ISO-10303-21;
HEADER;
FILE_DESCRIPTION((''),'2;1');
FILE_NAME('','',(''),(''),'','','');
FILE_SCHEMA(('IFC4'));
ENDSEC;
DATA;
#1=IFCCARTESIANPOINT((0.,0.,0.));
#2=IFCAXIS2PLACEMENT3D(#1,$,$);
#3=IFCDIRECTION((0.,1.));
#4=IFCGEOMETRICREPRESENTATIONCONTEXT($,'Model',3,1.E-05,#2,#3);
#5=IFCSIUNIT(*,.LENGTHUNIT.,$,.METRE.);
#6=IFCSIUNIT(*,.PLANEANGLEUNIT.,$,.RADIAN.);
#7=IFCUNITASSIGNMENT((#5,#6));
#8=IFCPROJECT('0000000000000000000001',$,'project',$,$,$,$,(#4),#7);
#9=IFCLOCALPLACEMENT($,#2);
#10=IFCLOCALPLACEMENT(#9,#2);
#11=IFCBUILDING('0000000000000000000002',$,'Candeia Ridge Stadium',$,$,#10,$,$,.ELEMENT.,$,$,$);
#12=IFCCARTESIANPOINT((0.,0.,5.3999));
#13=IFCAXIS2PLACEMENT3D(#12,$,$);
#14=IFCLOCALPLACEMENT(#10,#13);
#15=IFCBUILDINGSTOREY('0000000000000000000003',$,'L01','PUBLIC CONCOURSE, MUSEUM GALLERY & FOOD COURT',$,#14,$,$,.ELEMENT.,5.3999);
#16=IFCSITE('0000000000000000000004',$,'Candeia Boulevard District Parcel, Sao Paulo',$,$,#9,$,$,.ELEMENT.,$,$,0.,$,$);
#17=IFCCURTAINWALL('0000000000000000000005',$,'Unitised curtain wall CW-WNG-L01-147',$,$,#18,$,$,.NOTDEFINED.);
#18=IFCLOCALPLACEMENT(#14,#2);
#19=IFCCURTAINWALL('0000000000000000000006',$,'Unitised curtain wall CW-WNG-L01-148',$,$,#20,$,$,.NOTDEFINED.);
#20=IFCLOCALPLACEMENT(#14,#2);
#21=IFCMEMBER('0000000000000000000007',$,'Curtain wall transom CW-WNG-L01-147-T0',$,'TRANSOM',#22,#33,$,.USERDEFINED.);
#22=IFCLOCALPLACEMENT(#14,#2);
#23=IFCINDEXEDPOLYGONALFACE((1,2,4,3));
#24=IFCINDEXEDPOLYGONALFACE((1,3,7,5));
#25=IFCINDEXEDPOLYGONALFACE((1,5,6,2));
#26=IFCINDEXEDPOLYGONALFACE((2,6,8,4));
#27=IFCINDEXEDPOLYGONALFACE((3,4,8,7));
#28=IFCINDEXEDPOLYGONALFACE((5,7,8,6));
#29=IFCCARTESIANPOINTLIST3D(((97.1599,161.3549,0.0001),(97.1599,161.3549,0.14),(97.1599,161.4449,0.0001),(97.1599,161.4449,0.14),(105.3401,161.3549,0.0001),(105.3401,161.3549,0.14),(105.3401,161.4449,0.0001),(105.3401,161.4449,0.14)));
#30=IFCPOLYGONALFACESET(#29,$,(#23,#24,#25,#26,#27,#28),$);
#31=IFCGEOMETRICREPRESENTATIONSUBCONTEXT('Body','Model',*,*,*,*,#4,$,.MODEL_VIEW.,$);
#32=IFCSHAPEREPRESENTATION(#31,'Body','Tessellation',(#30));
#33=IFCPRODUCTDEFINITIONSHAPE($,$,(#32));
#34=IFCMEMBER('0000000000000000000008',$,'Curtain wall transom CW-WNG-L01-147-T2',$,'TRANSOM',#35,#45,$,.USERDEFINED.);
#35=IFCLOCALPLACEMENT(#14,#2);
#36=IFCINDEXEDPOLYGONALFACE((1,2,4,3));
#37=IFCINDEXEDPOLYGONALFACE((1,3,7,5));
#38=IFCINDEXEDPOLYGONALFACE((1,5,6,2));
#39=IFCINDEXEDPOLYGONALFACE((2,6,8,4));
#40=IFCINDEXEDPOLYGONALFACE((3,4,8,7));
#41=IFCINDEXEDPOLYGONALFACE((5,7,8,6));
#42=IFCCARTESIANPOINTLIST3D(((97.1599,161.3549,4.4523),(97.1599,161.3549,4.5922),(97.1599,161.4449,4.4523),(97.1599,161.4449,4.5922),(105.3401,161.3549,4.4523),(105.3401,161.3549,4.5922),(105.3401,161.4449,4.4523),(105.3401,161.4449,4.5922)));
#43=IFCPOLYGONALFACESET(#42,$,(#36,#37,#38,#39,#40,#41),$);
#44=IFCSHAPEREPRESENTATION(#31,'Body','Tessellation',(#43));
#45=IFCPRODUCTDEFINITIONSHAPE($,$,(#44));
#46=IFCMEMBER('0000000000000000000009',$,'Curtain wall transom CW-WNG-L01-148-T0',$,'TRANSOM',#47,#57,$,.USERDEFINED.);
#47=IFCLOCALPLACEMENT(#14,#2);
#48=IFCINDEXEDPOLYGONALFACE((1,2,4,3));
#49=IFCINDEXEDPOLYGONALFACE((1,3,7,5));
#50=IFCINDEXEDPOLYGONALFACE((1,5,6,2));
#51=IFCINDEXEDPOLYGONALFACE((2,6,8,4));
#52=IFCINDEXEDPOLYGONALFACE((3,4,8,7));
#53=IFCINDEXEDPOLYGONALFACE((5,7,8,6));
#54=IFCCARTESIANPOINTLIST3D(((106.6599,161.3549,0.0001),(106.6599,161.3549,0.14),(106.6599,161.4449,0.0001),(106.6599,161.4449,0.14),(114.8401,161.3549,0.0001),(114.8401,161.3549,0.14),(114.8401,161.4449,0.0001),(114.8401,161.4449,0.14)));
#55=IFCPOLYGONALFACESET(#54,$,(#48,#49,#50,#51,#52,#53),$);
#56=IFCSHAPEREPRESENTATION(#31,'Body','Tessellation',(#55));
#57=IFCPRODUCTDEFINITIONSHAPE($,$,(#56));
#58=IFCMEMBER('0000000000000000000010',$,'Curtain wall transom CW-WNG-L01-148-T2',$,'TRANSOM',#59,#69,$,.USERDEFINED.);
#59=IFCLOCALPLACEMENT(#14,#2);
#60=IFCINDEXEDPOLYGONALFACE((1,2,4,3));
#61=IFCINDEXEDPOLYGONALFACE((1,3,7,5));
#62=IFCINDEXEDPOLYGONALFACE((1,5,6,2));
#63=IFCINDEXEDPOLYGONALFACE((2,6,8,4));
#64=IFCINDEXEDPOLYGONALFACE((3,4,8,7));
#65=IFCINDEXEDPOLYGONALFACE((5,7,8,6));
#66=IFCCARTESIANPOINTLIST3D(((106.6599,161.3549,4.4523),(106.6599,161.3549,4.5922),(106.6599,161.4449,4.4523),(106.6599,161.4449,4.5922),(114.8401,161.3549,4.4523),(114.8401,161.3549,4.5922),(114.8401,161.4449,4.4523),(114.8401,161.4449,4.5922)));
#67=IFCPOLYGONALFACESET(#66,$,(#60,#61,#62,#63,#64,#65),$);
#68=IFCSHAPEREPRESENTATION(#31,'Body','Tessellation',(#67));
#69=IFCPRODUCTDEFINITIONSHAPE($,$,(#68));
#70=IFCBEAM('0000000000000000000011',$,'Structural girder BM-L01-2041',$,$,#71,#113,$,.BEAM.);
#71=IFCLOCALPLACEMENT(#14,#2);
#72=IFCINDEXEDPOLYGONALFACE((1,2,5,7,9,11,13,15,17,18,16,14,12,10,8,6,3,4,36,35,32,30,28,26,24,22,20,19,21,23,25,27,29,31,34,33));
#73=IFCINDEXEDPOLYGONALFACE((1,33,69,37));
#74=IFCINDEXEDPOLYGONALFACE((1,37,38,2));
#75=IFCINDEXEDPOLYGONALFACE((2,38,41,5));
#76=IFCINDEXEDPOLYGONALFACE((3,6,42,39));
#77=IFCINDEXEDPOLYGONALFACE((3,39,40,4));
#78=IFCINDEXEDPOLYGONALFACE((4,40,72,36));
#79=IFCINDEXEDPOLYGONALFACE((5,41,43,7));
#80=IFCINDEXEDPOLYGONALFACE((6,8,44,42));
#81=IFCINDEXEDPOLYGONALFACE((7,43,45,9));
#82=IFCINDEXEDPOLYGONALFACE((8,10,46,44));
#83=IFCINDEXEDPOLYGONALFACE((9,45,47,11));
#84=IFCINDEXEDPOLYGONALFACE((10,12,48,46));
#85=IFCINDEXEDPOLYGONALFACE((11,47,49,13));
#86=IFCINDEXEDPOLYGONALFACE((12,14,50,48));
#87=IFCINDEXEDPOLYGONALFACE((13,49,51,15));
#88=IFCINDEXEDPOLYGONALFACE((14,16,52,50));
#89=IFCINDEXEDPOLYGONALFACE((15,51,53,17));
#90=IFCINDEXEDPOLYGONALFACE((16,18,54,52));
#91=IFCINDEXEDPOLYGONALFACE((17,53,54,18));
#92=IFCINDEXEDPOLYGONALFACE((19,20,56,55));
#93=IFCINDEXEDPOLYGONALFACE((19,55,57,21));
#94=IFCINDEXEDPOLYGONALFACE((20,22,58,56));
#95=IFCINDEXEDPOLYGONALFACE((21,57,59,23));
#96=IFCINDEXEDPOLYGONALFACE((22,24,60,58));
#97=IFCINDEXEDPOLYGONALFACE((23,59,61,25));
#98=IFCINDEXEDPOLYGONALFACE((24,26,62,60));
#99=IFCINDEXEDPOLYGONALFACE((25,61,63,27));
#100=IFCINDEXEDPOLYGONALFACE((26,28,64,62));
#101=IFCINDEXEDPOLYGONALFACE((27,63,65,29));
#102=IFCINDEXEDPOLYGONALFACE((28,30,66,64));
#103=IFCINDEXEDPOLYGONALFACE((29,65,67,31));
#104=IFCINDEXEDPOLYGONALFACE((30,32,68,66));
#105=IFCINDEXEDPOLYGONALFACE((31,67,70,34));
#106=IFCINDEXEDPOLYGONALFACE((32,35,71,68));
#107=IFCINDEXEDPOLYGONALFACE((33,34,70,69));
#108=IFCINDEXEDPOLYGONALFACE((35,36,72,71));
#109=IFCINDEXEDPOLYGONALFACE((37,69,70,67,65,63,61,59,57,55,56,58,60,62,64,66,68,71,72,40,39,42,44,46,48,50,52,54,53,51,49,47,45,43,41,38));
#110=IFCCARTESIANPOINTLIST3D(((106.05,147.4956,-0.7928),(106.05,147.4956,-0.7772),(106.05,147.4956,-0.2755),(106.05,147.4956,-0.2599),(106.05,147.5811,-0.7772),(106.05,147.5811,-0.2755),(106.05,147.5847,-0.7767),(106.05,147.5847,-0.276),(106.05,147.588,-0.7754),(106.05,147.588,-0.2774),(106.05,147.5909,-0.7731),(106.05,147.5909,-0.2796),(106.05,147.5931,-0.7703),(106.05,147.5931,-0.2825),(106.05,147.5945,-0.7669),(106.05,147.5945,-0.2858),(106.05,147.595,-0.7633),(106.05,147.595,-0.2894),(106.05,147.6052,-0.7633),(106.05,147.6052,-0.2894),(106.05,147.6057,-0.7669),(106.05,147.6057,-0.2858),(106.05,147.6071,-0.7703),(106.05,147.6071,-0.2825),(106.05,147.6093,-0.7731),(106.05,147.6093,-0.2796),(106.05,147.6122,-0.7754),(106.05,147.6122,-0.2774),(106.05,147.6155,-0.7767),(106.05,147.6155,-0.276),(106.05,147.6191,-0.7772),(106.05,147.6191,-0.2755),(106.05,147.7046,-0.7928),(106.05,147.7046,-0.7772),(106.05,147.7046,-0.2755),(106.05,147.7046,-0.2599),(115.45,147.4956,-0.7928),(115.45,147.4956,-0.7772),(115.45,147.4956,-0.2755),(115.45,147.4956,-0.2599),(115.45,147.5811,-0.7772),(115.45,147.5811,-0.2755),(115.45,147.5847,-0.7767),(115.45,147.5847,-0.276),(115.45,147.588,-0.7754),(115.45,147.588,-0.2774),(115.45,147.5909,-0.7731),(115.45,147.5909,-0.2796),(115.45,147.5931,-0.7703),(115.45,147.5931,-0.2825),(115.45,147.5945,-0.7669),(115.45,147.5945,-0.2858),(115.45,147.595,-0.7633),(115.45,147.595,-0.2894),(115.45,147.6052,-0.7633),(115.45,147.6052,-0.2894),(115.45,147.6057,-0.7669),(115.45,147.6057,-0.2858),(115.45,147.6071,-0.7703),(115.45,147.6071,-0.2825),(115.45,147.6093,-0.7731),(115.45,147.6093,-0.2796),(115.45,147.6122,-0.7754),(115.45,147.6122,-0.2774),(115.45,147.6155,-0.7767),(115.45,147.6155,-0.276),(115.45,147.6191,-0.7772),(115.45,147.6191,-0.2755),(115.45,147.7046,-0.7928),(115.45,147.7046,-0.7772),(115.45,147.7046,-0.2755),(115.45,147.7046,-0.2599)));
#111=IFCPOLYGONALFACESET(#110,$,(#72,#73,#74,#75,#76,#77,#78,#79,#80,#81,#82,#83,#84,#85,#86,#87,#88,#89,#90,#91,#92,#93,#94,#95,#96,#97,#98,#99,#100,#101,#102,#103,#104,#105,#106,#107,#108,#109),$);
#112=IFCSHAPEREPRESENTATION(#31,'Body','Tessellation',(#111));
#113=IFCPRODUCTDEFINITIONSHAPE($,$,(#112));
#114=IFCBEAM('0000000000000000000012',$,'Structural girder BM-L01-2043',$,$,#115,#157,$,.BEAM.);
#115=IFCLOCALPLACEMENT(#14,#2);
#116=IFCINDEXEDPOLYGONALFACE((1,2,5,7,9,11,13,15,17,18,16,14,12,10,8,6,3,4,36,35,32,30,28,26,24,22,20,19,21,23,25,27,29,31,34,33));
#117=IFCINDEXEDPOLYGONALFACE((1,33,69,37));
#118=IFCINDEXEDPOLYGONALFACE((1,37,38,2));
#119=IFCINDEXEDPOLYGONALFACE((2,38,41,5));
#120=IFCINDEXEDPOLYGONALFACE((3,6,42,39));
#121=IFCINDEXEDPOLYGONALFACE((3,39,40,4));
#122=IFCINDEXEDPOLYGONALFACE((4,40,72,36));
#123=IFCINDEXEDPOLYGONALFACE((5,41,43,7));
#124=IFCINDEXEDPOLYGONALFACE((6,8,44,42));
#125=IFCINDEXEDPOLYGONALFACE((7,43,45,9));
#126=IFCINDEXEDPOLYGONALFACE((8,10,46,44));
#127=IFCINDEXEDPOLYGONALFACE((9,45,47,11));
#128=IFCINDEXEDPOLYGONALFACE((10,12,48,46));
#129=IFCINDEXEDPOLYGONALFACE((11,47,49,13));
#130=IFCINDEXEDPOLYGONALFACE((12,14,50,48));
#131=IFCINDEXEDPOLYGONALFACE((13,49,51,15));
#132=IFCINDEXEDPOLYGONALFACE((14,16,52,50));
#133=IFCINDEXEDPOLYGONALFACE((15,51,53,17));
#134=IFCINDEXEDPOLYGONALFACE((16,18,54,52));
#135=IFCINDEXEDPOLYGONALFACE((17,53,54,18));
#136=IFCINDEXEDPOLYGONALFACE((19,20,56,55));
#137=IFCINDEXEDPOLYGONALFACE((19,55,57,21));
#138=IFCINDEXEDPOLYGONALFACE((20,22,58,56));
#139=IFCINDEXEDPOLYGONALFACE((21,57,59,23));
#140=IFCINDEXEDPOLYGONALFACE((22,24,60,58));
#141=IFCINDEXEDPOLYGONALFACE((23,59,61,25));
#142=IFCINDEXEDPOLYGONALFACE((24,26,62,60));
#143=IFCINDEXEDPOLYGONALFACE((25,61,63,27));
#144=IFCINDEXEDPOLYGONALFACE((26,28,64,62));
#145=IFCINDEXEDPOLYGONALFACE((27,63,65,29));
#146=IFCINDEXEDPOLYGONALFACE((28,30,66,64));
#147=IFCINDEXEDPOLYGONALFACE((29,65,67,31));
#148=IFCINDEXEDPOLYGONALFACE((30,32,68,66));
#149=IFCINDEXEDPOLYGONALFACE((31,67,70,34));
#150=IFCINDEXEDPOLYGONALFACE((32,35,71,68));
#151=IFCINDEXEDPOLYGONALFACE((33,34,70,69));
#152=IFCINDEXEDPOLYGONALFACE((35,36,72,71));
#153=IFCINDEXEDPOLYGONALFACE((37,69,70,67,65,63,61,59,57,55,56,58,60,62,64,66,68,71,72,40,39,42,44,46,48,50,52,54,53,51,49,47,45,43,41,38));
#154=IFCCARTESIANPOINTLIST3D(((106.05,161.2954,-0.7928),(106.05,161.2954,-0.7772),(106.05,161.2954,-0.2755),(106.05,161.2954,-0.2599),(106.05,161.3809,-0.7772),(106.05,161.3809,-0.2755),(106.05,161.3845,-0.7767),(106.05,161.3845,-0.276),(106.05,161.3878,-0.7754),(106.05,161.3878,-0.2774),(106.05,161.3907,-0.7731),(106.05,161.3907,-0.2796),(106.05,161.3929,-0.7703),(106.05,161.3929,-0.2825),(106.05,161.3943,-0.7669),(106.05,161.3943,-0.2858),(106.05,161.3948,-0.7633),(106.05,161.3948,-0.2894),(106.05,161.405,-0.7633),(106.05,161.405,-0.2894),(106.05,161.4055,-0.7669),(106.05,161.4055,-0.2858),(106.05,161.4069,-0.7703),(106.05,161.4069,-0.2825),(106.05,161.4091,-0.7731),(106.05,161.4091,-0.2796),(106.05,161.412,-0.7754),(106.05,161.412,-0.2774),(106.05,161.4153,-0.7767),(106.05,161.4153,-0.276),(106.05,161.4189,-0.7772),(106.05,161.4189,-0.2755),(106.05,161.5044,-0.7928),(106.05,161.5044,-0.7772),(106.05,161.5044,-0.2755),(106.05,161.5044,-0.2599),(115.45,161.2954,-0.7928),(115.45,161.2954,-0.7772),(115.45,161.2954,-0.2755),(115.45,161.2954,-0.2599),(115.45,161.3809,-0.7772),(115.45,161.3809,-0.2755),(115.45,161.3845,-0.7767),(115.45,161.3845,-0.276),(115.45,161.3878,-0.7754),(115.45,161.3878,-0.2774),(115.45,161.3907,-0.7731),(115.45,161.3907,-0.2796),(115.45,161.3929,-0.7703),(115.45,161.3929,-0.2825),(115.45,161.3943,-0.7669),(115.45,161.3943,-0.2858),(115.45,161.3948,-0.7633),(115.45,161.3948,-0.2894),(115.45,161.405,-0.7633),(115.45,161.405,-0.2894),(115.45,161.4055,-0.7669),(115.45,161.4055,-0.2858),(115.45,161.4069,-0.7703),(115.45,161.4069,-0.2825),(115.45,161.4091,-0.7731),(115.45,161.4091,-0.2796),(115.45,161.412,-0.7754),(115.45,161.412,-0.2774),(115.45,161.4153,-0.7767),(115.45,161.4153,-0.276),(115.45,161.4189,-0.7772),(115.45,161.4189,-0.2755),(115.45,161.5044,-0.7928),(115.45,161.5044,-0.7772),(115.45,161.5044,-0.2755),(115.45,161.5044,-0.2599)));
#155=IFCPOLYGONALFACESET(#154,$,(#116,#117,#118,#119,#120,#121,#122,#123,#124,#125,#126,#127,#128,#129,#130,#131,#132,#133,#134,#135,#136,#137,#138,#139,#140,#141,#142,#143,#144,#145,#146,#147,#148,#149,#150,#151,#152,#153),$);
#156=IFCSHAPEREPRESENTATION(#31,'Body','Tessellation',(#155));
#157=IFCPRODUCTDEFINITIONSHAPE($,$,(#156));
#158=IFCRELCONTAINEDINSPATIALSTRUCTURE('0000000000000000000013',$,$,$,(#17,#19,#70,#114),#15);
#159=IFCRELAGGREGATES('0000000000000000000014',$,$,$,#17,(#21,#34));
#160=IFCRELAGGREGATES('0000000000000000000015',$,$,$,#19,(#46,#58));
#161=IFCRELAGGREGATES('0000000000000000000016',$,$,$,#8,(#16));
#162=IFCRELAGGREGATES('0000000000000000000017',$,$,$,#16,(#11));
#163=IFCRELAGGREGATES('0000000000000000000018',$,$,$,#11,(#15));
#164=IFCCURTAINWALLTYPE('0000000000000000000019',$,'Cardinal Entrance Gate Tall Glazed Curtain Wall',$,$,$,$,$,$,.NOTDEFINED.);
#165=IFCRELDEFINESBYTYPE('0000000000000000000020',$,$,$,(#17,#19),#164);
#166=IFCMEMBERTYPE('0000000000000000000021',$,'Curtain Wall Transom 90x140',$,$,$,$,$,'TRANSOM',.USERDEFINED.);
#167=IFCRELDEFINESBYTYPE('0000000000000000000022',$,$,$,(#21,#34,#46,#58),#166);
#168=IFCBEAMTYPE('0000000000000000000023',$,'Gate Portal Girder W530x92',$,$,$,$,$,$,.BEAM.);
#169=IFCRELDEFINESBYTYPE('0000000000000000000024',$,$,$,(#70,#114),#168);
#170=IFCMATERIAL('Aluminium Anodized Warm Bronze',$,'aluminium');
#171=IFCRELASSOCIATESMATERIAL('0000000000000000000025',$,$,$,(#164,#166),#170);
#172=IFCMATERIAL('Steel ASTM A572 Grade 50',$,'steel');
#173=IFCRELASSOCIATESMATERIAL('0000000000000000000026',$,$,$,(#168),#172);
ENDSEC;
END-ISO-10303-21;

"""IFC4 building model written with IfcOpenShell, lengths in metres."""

from ifc_helpers import new_model, si_unit, direction, frame, origin, origin_2d, place, context, subcontext, project, spatial, rectangle, i_section, extrude, material, material_profile, profile_set, type_object, element, aggregate, save


model = new_model("IFC4")

# Units and contexts
model_context = context("Model", 3, precision=1e-05, world=origin(), true_north=direction((0.0, 1.0)))
body_context = subcontext(model_context, "Body", "Model", "MODEL_VIEW")
ifc_project = project(units=[si_unit("LENGTHUNIT", "METRE"), si_unit("PLANEANGLEUNIT", "RADIAN")], contexts=[model_context])

# Site, building, storey
site_placement = place(None, origin())
site = spatial("IfcSite", under=ifc_project, at=site_placement, Name="Candeia Boulevard District Parcel, Sao Paulo", CompositionType="ELEMENT", RefElevation=0.0)
building_placement = place(site_placement, origin())
building = spatial("IfcBuilding", under=site, at=building_placement, Name="Candeia Ridge Stadium", CompositionType="ELEMENT")
storey_placement = place(building_placement, frame((0.0, 0.0, 5.3999)))
storey = spatial("IfcBuildingStorey", under=building, at=storey_placement, Name="L01", Description="PUBLIC CONCOURSE, MUSEUM GALLERY & FOOD COURT", CompositionType="ELEMENT", Elevation=5.3999)

# Shared definitions
ifc_material_1 = material(Name="Steel ASTM A572 Grade 50", Category="steel")

# Curtain walls
ifc_material_2 = material(Name="Aluminium Anodized Warm Bronze", Category="aluminium")
curtain_wall_type = type_object("IfcCurtainWallType", Name="Cardinal Entrance Gate Tall Glazed Curtain Wall", PredefinedType="NOTDEFINED", material=ifc_material_2)
curtain_wall_1_placement = place(storey_placement, origin())
curtain_wall_1 = element("IfcCurtainWall", 1, at=curtain_wall_1_placement, inside=storey, type_object=curtain_wall_type, Name="Unitised curtain wall CW-WNG-L01-147", PredefinedType="NOTDEFINED")
curtain_wall_2_placement = place(storey_placement, origin())
curtain_wall_2 = element("IfcCurtainWall", 2, at=curtain_wall_2_placement, inside=storey, type_object=curtain_wall_type, Name="Unitised curtain wall CW-WNG-L01-148", PredefinedType="NOTDEFINED")

# Members
ifc_material_profile_1 = material_profile(ifc_material_2, rectangle(XDim=0.0901, YDim=0.1399, at=origin_2d()), Name="CWT-90x140", Category="aluminium")
ifc_profile_set_1 = profile_set([ifc_material_profile_1], Name="Aluminium Anodized Warm Bronze")
member_type_1 = type_object("IfcMemberType", Name="Curtain Wall Transom 90x140", ElementType="TRANSOM", PredefinedType="USERDEFINED", material=ifc_profile_set_1)
member_1_placement = place(storey_placement, frame((97.1599, 161.3999, 0.0701), z_axis=(1.0, 0.0, 0.0), x_axis=(0.0, 1.0, 0.0)))
member_1 = element("IfcMember", 3, at=member_1_placement, type_object=member_type_1, Name="Curtain wall transom CW-WNG-L01-147-T0", ObjectType="TRANSOM", PredefinedType="USERDEFINED", context=body_context, shape_type="SweptSolid", body=[
    extrude(rectangle(XDim=0.0901, YDim=0.1399, at=origin_2d()), origin(), (0.0, 0.0, 1.0), 8.1802),
])
member_2_placement = place(storey_placement, frame((97.1599, 161.3999, 4.5222), z_axis=(1.0, 0.0, 0.0), x_axis=(0.0, 1.0, 0.0)))
member_2 = element("IfcMember", 4, at=member_2_placement, type_object=member_type_1, Name="Curtain wall transom CW-WNG-L01-147-T2", ObjectType="TRANSOM", PredefinedType="USERDEFINED", context=body_context, shape_type="SweptSolid", body=[
    extrude(rectangle(XDim=0.0901, YDim=0.1399, at=origin_2d()), origin(), (0.0, 0.0, 1.0), 8.1802),
])
member_3_placement = place(storey_placement, frame((106.6599, 161.3999, 0.0701), z_axis=(1.0, 0.0, 0.0), x_axis=(0.0, 1.0, 0.0)))
member_3 = element("IfcMember", 5, at=member_3_placement, type_object=member_type_1, Name="Curtain wall transom CW-WNG-L01-148-T0", ObjectType="TRANSOM", PredefinedType="USERDEFINED", context=body_context, shape_type="SweptSolid", body=[
    extrude(rectangle(XDim=0.0901, YDim=0.1399, at=origin_2d()), origin(), (0.0, 0.0, 1.0), 8.1802),
])
member_4_placement = place(storey_placement, frame((106.6599, 161.3999, 4.5222), z_axis=(1.0, 0.0, 0.0), x_axis=(0.0, 1.0, 0.0)))
member_4 = element("IfcMember", 6, at=member_4_placement, type_object=member_type_1, Name="Curtain wall transom CW-WNG-L01-148-T2", ObjectType="TRANSOM", PredefinedType="USERDEFINED", context=body_context, shape_type="SweptSolid", body=[
    extrude(rectangle(XDim=0.0901, YDim=0.1399, at=origin_2d()), origin(), (0.0, 0.0, 1.0), 8.1802),
])

# Beams
ifc_material_profile_2 = material_profile(ifc_material_1, i_section(OverallWidth=0.209, OverallDepth=0.533, WebThickness=0.0103, FlangeThickness=0.0156, FilletRadius=0.0139, at=origin_2d()), Name="W530x92", Category="steel")
ifc_profile_set_2 = profile_set([ifc_material_profile_2], Name="Steel ASTM A572 Grade 50")
beam_type_1 = type_object("IfcBeamType", Name="Gate Portal Girder W530x92", PredefinedType="BEAM", material=ifc_profile_set_2)
for number, where, z_axis, x_axis, name in (
    (7, (106.05, 147.6001, -0.5264), (1.0, 0.0, 0.0), (0.0, 1.0, 0.0), "Structural girder BM-L01-2041"),
    (8, (106.05, 161.3999, -0.5264), (1.0, 0.0, 0.0), (0.0, 1.0, 0.0), "Structural girder BM-L01-2043"),
):
    element("IfcBeam", number, at=place(storey_placement, frame(where, z_axis=z_axis, x_axis=x_axis)), inside=storey, type_object=beam_type_1, Name=name, PredefinedType="BEAM", context=body_context, shape_type="SweptSolid", body=[
        extrude(i_section(OverallWidth=0.209, OverallDepth=0.533, WebThickness=0.0103, FlangeThickness=0.0156, FilletRadius=0.0139, at=origin_2d()), origin(), (0.0, 0.0, 1.0), 9.3999),
    ])

aggregate(curtain_wall_1, [member_1, member_2])
aggregate(curtain_wall_2, [member_3, member_4])

save(model, "model.ifc")
